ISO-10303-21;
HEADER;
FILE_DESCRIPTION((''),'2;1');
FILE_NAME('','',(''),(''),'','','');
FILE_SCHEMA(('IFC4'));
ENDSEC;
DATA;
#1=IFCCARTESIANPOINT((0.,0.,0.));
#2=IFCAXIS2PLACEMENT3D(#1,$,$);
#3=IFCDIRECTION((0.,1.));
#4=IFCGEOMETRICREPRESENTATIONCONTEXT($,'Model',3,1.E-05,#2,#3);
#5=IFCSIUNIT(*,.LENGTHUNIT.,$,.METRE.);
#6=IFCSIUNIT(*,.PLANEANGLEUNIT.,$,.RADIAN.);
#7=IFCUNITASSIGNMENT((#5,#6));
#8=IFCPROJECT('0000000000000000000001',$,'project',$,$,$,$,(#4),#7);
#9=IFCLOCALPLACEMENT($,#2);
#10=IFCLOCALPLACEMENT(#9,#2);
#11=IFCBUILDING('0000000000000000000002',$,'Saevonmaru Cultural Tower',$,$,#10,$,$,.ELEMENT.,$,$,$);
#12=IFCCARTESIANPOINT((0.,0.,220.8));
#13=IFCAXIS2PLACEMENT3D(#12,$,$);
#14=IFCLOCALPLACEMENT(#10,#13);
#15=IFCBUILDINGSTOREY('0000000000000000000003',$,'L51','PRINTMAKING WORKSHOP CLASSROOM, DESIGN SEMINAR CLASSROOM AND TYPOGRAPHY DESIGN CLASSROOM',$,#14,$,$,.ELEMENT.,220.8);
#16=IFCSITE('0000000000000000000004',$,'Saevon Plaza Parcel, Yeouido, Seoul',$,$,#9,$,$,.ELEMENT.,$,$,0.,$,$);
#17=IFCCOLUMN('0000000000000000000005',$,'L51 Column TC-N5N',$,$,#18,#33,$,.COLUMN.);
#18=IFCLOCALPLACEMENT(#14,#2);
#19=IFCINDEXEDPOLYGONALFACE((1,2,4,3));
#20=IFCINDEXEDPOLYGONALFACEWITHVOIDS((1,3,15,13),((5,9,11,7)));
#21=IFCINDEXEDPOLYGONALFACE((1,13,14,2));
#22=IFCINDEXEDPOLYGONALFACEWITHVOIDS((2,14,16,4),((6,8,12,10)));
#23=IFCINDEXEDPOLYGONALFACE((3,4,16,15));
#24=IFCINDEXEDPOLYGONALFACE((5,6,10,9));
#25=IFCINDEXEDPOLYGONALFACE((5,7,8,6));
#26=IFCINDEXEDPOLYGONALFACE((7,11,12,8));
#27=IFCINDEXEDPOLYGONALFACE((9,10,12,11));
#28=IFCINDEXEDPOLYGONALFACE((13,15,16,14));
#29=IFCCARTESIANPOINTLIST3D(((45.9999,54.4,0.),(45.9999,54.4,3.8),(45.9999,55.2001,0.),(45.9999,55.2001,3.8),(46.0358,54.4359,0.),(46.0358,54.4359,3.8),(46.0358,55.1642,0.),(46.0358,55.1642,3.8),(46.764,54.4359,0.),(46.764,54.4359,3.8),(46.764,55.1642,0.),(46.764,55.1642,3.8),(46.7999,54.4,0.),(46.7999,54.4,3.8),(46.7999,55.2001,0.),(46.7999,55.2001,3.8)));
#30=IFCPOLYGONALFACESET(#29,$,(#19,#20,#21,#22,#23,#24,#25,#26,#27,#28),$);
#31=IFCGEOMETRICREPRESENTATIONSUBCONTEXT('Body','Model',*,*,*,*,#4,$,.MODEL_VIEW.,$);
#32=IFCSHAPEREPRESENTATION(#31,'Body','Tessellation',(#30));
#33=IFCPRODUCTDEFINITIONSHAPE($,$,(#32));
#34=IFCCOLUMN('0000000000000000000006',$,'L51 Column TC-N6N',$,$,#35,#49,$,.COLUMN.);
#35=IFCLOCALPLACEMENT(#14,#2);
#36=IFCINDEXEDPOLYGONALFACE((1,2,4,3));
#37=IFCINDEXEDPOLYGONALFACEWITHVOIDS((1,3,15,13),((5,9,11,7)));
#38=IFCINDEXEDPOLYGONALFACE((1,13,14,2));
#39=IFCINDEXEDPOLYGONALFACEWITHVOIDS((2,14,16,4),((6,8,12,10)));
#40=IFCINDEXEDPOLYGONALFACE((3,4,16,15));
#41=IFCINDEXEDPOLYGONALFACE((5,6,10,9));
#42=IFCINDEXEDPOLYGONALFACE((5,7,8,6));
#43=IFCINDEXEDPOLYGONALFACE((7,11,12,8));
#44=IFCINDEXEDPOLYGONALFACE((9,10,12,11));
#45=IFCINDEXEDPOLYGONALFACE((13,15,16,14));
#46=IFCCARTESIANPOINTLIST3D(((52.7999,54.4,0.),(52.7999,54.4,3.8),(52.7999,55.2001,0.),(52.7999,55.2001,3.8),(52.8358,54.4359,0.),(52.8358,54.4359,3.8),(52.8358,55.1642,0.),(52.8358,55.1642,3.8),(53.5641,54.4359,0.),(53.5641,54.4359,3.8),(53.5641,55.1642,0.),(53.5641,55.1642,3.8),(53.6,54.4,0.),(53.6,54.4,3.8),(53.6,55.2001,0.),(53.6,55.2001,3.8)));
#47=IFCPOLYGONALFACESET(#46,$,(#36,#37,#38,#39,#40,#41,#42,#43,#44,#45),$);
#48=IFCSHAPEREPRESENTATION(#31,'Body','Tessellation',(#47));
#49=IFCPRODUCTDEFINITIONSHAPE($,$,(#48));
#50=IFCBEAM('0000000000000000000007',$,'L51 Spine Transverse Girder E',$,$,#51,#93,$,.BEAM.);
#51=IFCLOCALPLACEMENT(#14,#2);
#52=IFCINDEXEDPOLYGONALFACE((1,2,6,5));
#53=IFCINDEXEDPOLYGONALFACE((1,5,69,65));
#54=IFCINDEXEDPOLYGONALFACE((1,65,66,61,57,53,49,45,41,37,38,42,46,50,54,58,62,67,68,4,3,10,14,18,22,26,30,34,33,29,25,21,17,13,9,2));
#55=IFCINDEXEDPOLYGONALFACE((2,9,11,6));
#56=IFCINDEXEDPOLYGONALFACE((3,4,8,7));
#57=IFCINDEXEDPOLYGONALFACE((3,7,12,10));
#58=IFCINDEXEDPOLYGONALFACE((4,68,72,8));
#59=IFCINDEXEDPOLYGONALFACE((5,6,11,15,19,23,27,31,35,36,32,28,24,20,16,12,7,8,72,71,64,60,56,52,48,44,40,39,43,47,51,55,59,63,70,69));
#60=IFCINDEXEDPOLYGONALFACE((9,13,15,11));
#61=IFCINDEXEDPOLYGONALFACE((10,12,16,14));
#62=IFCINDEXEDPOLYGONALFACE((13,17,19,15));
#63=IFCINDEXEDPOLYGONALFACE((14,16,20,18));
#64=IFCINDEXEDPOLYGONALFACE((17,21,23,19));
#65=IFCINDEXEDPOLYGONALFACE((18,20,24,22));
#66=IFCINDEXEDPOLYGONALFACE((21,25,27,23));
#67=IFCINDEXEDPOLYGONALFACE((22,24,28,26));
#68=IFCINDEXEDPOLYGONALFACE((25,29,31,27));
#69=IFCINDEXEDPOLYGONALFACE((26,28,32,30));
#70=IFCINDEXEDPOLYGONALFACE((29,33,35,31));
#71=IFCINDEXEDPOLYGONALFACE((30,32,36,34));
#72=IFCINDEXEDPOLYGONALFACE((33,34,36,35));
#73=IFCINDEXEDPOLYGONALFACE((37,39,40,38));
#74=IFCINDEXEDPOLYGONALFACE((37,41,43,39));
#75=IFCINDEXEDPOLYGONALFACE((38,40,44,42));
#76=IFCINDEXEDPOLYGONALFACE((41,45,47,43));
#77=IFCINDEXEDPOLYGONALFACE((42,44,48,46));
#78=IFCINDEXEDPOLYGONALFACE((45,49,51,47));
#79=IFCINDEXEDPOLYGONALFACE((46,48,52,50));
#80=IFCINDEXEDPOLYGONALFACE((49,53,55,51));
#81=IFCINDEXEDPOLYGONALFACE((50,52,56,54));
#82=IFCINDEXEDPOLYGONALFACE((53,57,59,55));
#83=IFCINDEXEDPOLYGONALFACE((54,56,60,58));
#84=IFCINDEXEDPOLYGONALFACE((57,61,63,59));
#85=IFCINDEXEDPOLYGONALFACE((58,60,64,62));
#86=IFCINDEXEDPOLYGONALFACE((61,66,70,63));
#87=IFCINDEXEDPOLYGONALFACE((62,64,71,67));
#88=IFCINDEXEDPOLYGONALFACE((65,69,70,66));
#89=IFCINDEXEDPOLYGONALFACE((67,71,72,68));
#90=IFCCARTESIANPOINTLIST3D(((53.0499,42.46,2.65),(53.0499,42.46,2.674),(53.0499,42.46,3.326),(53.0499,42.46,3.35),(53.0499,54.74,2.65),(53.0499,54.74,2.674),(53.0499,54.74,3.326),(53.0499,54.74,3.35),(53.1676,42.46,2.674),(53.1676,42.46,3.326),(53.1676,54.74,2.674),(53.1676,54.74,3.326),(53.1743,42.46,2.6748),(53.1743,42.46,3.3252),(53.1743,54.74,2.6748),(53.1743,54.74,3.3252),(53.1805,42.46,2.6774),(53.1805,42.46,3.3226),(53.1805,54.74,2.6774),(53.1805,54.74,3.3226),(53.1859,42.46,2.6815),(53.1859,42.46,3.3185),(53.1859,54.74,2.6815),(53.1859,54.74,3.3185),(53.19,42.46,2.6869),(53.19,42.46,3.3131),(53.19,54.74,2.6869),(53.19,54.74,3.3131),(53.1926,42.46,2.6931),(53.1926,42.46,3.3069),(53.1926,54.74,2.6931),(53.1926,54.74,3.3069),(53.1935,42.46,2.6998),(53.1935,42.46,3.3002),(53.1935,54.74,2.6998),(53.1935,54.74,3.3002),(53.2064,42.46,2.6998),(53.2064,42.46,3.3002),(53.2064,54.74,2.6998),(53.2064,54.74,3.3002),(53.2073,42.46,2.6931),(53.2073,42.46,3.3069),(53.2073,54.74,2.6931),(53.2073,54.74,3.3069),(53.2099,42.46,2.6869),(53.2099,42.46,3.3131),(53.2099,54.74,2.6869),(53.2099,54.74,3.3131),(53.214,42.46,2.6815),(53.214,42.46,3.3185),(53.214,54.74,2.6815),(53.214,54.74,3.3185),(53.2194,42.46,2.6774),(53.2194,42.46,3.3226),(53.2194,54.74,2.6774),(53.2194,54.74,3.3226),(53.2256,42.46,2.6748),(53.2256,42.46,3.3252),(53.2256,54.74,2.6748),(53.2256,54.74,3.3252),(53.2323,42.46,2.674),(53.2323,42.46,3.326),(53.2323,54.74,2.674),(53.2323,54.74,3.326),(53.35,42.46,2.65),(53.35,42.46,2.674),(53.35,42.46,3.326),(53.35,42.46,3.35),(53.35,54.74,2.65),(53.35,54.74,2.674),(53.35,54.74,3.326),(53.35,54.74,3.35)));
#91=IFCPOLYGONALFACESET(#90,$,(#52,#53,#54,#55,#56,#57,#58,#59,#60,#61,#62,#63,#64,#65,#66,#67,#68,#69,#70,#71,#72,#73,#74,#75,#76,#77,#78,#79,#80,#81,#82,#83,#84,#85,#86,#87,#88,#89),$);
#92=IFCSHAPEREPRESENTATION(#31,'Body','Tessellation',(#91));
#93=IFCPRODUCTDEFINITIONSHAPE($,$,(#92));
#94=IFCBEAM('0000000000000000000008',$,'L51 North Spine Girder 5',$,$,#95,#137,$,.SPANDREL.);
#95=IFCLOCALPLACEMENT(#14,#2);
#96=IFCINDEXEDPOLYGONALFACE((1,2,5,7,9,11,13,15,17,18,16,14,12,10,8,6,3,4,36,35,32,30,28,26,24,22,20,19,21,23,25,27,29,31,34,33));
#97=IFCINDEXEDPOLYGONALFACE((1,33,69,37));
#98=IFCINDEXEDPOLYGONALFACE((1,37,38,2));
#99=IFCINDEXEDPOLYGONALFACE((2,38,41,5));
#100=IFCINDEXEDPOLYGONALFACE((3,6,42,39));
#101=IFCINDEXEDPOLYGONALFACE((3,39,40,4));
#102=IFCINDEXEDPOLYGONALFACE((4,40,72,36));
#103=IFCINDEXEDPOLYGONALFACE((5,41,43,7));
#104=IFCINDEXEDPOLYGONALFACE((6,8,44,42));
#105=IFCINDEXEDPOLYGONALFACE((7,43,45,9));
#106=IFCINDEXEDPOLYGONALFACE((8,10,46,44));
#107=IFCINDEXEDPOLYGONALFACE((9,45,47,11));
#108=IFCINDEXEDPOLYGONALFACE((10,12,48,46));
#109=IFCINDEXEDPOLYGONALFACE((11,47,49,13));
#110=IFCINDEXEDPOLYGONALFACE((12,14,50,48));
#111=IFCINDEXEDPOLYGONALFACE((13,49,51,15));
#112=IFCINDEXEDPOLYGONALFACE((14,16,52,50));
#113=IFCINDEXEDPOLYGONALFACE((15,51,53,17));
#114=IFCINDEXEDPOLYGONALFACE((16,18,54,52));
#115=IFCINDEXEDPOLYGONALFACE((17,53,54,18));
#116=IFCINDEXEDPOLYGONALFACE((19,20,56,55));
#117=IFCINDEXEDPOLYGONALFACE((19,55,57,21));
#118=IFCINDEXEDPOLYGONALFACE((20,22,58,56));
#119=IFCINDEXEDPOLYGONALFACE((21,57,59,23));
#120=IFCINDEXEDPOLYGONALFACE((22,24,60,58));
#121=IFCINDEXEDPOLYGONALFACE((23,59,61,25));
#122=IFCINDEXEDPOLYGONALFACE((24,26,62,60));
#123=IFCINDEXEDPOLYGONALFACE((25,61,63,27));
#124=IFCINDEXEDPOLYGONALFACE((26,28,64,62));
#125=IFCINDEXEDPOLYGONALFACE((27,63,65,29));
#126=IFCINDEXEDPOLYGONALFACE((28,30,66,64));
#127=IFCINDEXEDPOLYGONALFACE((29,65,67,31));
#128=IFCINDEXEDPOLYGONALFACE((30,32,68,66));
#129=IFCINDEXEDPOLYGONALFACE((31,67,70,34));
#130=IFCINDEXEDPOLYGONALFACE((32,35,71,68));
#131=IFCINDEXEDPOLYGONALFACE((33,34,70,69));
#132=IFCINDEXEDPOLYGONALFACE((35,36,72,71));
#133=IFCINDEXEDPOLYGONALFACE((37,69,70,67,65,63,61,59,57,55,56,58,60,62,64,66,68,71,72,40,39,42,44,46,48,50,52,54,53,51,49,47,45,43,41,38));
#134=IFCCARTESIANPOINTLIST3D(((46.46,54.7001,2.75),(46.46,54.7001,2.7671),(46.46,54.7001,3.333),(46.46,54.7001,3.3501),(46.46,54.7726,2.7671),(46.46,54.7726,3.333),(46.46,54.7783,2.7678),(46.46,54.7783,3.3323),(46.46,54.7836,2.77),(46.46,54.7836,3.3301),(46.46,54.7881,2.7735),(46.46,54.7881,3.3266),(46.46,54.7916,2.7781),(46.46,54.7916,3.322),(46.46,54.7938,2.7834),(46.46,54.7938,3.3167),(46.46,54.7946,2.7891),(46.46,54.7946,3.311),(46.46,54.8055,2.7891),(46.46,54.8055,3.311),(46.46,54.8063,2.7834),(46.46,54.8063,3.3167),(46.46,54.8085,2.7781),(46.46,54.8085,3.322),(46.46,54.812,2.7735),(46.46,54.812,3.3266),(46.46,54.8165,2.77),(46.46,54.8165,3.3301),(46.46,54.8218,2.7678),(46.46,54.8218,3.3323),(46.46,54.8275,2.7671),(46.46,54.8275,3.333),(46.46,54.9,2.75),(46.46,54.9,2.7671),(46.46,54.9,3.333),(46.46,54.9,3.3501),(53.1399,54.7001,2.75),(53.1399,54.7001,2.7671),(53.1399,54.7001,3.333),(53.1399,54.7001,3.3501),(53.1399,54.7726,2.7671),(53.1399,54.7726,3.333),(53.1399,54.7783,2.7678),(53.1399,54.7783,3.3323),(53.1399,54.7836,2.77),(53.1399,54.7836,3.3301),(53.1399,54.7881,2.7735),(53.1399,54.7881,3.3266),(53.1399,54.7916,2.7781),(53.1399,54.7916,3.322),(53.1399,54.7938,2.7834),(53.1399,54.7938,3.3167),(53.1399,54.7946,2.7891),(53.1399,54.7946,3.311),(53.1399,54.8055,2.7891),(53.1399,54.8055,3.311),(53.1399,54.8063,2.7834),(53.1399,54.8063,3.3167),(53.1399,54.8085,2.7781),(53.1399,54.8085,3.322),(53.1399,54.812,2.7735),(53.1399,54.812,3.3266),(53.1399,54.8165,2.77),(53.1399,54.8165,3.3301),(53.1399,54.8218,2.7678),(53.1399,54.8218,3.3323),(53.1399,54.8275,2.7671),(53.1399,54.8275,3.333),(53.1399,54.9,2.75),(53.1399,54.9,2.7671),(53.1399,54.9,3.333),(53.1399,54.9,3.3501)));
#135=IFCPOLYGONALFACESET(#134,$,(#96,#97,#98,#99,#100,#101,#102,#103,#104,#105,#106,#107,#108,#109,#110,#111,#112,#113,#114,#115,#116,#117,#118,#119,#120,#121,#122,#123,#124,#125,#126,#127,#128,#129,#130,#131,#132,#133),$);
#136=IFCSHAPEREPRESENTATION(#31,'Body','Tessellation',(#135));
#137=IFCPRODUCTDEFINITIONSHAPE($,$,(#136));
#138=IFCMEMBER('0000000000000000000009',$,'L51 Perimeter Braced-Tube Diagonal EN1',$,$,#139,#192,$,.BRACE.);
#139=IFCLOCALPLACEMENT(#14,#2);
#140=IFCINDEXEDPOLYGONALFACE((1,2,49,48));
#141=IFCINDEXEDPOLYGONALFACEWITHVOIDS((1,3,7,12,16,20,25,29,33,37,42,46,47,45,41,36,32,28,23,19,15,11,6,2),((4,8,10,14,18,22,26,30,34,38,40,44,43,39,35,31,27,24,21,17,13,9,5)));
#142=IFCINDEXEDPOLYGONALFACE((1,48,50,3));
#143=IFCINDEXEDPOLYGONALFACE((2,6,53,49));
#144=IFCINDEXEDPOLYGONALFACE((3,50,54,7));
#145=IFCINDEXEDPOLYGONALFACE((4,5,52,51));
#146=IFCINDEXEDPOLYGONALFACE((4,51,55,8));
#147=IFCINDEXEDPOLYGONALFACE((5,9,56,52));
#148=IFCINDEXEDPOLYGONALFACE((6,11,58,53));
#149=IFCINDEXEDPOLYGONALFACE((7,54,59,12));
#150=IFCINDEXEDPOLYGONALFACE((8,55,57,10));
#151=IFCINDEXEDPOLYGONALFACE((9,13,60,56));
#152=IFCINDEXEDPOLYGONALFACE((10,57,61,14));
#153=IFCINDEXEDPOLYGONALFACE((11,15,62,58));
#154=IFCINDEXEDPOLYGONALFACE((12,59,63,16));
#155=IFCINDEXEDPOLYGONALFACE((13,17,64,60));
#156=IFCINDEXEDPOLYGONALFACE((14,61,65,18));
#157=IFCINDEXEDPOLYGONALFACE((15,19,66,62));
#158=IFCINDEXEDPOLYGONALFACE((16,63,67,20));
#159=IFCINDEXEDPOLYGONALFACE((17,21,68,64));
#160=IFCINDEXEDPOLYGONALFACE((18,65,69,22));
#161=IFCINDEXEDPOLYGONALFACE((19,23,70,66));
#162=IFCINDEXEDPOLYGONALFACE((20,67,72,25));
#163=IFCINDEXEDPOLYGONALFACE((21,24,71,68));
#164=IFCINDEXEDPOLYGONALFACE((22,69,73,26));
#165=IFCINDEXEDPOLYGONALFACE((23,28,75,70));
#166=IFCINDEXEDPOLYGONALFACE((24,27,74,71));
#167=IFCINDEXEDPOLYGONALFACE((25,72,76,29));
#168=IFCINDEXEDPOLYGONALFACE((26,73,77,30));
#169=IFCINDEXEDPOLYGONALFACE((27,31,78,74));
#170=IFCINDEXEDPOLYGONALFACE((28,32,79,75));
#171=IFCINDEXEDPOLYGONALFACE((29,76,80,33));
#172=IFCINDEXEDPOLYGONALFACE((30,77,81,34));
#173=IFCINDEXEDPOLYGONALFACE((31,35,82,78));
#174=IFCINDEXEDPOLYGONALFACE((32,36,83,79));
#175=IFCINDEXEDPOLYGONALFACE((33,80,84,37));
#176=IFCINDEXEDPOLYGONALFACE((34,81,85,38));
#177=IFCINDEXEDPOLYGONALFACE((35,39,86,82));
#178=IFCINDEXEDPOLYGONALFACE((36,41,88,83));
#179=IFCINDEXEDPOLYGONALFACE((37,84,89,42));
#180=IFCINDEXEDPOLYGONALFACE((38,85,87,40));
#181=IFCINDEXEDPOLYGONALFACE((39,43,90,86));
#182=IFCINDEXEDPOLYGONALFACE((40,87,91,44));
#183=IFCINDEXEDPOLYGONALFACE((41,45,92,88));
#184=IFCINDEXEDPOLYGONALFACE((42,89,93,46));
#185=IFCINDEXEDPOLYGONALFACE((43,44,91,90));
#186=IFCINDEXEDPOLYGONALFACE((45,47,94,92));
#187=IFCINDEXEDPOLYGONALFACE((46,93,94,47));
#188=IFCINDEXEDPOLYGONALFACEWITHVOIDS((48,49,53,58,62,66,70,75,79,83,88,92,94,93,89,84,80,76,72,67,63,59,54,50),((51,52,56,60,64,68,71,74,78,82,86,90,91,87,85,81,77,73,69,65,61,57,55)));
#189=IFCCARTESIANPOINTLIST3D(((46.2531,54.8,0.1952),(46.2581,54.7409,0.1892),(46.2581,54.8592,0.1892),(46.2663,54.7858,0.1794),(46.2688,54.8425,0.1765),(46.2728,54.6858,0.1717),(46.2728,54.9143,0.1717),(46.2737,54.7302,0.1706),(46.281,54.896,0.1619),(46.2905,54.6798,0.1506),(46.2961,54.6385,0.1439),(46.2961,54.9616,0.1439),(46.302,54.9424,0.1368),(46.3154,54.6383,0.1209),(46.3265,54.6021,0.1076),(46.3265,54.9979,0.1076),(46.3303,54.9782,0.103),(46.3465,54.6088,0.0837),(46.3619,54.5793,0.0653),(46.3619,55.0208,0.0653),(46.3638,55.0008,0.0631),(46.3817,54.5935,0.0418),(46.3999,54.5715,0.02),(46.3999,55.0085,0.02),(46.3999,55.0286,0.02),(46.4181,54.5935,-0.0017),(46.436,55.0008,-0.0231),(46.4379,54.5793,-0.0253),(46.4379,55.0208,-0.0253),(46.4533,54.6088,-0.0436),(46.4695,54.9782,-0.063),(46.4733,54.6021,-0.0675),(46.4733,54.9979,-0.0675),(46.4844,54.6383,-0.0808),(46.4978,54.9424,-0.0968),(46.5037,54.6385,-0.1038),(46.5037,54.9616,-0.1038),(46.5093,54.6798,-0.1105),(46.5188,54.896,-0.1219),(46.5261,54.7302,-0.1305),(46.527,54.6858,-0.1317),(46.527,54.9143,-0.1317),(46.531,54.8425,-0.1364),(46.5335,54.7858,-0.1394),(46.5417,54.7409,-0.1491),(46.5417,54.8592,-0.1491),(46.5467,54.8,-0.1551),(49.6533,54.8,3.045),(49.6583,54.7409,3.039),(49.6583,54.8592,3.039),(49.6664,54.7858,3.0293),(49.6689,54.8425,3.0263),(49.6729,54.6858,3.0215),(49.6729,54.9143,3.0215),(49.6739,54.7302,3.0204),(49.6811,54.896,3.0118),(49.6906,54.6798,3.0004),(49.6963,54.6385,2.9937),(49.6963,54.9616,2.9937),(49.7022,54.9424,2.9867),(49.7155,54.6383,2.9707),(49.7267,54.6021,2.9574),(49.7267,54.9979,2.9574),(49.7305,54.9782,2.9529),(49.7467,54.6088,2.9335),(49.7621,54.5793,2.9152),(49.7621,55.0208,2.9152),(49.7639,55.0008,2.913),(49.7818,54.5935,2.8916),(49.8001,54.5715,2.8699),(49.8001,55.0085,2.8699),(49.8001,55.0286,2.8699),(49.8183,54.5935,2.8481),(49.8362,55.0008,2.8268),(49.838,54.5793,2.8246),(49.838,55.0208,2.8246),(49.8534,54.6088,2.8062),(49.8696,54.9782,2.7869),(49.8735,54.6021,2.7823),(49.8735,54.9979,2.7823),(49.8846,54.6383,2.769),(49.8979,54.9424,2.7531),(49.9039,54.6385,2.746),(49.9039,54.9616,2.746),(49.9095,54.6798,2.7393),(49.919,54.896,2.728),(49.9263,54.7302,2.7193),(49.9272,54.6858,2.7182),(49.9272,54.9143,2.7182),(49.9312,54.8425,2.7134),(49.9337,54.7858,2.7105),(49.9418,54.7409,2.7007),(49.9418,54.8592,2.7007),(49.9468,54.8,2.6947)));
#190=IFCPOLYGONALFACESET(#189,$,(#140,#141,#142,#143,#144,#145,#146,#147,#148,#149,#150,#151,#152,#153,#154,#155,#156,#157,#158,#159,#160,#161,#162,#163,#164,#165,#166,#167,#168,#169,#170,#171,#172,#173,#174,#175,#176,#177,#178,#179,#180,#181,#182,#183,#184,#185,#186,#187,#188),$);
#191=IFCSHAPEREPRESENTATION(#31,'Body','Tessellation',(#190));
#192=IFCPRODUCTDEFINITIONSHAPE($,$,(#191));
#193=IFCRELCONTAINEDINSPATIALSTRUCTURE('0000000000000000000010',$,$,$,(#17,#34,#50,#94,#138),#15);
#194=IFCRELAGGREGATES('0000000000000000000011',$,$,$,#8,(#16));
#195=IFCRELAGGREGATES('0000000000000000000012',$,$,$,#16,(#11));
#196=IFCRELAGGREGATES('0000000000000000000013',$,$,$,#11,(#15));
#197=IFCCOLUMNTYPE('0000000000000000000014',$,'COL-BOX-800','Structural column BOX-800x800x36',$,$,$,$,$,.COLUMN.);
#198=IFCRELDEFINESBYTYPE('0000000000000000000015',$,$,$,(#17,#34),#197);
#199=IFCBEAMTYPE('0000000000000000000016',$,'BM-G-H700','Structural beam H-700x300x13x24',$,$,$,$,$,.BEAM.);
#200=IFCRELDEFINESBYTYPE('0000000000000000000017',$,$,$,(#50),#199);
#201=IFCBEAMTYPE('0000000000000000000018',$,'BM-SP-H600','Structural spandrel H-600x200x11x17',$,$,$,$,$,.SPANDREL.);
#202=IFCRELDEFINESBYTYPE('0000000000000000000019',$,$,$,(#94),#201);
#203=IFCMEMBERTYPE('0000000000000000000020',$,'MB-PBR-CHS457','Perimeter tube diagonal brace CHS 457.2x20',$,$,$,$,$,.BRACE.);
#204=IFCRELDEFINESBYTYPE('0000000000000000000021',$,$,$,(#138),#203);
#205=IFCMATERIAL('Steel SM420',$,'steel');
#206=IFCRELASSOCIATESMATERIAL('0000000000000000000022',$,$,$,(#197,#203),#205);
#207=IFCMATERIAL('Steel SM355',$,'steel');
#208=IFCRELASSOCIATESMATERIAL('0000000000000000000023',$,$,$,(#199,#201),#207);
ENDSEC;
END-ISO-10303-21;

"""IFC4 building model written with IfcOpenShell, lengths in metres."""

from ifc_helpers import new_model, si_unit, direction, frame, origin, origin_2d, place, context, subcontext, project, spatial, hollow_rectangle, hollow_circle, i_section, extrude, material, material_profile, profile_set, type_object, element, save


model = new_model("IFC4")

# Units and contexts
model_context = context("Model", 3, precision=1e-05, world=origin(), true_north=direction((0.0, 1.0)))
body_context = subcontext(model_context, "Body", "Model", "MODEL_VIEW")
ifc_project = project(units=[si_unit("LENGTHUNIT", "METRE"), si_unit("PLANEANGLEUNIT", "RADIAN")], contexts=[model_context])

# Site, building, storey
site_placement = place(None, origin())
site = spatial("IfcSite", under=ifc_project, at=site_placement, Name="Saevon Plaza Parcel, Yeouido, Seoul", CompositionType="ELEMENT", RefElevation=0.0)
building_placement = place(site_placement, origin())
building = spatial("IfcBuilding", under=site, at=building_placement, Name="Saevonmaru Cultural Tower", CompositionType="ELEMENT")
storey_placement = place(building_placement, frame((0.0, 0.0, 220.8)))
storey = spatial("IfcBuildingStorey", under=building, at=storey_placement, Name="L51", Description="PRINTMAKING WORKSHOP CLASSROOM, DESIGN SEMINAR CLASSROOM AND TYPOGRAPHY DESIGN CLASSROOM", CompositionType="ELEMENT", Elevation=220.8)

# Columns
ifc_material_1 = material(Name="Steel SM420", Category="steel")
ifc_material_profile_1 = material_profile(ifc_material_1, hollow_rectangle(XDim=0.8, YDim=0.8, WallThickness=0.0359, at=origin_2d()), Name="BOX-800x800x36")
ifc_profile_set_1 = profile_set([ifc_material_profile_1], Name="Steel SM420")
column_type = type_object("IfcColumnType", Name="COL-BOX-800", Description="Structural column BOX-800x800x36", PredefinedType="COLUMN", material=ifc_profile_set_1)
for number, where, z_axis, x_axis, name in (
    (1, (46.3999, 54.8, 0.0), (0.0, 0.0, 1.0), (1.0, 0.0, 0.0), "L51 Column TC-N5N"),
    (2, (53.2, 54.8, 0.0), (0.0, 0.0, 1.0), (1.0, 0.0, 0.0), "L51 Column TC-N6N"),
):
    element("IfcColumn", number, at=place(storey_placement, frame(where, z_axis=z_axis, x_axis=x_axis)), inside=storey, type_object=column_type, Name=name, PredefinedType="COLUMN", context=body_context, shape_type="SweptSolid", body=[
        extrude(hollow_rectangle(XDim=0.8, YDim=0.8, WallThickness=0.0359, at=origin_2d()), origin(), (0.0, 0.0, 1.0), 3.8),
    ])

# Beams
ifc_material_2 = material(Name="Steel SM355", Category="steel")
ifc_material_profile_2 = material_profile(ifc_material_2, i_section(OverallWidth=0.3, OverallDepth=0.7, WebThickness=0.0129, FlangeThickness=0.0239, FilletRadius=0.0259, at=origin_2d()), Name="H-700x300x13x24")
ifc_profile_set_2 = profile_set([ifc_material_profile_2], Name="Steel SM355")
beam_type_1 = type_object("IfcBeamType", Name="BM-G-H700", Description="Structural beam H-700x300x13x24", PredefinedType="BEAM", material=ifc_profile_set_2)
beam_1_placement = place(storey_placement, frame((53.2, 54.74, 3.0), z_axis=(0.0, -1.0, 0.0), x_axis=(1.0, 0.0, 0.0)))
element("IfcBeam", 3, at=beam_1_placement, inside=storey, type_object=beam_type_1, Name="L51 Spine Transverse Girder E", PredefinedType="BEAM", context=body_context, shape_type="SweptSolid", body=[
    extrude(i_section(OverallWidth=0.3, OverallDepth=0.7, WebThickness=0.0129, FlangeThickness=0.0239, FilletRadius=0.0259, at=origin_2d()), origin(), (0.0, 0.0, 1.0), 12.28),
])
ifc_material_profile_3 = material_profile(ifc_material_2, i_section(OverallWidth=0.2, OverallDepth=0.6001, WebThickness=0.011, FlangeThickness=0.0171, FilletRadius=0.022, at=origin_2d()), Name="H-600x200x11x17")
ifc_profile_set_3 = profile_set([ifc_material_profile_3], Name="Steel SM355")
beam_type_2 = type_object("IfcBeamType", Name="BM-SP-H600", Description="Structural spandrel H-600x200x11x17", PredefinedType="SPANDREL", material=ifc_profile_set_3)
beam_2_placement = place(storey_placement, frame((46.46, 54.8, 3.05), z_axis=(1.0, 0.0, 0.0), x_axis=(0.0, 1.0, 0.0)))
element("IfcBeam", 4, at=beam_2_placement, inside=storey, type_object=beam_type_2, Name="L51 North Spine Girder 5", PredefinedType="SPANDREL", context=body_context, shape_type="SweptSolid", body=[
    extrude(i_section(OverallWidth=0.2, OverallDepth=0.6001, WebThickness=0.011, FlangeThickness=0.0171, FilletRadius=0.022, at=origin_2d()), origin(), (0.0, 0.0, 1.0), 6.6799),
])

# Member
ifc_material_profile_4 = material_profile(ifc_material_1, hollow_circle(Radius=0.2285, WallThickness=0.02, at=origin_2d()), Name="CHS-457.2x20")
ifc_profile_set_4 = profile_set([ifc_material_profile_4], Name="Steel SM420")
member_type_1 = type_object("IfcMemberType", Name="MB-PBR-CHS457", Description="Perimeter tube diagonal brace CHS 457.2x20", PredefinedType="BRACE", material=ifc_profile_set_4)
member_1_placement = place(storey_placement, frame((46.3999, 54.8, 0.02), z_axis=(0.7664, 0.0, 0.642363), x_axis=(0.0, 1.0, 0.0)))
element("IfcMember", 5, at=member_1_placement, inside=storey, type_object=member_type_1, Name="L51 Perimeter Braced-Tube Diagonal EN1", PredefinedType="BRACE", context=body_context, shape_type="SweptSolid", body=[
    extrude(hollow_circle(Radius=0.2285, WallThickness=0.02, at=origin_2d()), origin(), (0.0, 0.0, 1.0), 4.4365),
])

save(model, "model.ifc")
